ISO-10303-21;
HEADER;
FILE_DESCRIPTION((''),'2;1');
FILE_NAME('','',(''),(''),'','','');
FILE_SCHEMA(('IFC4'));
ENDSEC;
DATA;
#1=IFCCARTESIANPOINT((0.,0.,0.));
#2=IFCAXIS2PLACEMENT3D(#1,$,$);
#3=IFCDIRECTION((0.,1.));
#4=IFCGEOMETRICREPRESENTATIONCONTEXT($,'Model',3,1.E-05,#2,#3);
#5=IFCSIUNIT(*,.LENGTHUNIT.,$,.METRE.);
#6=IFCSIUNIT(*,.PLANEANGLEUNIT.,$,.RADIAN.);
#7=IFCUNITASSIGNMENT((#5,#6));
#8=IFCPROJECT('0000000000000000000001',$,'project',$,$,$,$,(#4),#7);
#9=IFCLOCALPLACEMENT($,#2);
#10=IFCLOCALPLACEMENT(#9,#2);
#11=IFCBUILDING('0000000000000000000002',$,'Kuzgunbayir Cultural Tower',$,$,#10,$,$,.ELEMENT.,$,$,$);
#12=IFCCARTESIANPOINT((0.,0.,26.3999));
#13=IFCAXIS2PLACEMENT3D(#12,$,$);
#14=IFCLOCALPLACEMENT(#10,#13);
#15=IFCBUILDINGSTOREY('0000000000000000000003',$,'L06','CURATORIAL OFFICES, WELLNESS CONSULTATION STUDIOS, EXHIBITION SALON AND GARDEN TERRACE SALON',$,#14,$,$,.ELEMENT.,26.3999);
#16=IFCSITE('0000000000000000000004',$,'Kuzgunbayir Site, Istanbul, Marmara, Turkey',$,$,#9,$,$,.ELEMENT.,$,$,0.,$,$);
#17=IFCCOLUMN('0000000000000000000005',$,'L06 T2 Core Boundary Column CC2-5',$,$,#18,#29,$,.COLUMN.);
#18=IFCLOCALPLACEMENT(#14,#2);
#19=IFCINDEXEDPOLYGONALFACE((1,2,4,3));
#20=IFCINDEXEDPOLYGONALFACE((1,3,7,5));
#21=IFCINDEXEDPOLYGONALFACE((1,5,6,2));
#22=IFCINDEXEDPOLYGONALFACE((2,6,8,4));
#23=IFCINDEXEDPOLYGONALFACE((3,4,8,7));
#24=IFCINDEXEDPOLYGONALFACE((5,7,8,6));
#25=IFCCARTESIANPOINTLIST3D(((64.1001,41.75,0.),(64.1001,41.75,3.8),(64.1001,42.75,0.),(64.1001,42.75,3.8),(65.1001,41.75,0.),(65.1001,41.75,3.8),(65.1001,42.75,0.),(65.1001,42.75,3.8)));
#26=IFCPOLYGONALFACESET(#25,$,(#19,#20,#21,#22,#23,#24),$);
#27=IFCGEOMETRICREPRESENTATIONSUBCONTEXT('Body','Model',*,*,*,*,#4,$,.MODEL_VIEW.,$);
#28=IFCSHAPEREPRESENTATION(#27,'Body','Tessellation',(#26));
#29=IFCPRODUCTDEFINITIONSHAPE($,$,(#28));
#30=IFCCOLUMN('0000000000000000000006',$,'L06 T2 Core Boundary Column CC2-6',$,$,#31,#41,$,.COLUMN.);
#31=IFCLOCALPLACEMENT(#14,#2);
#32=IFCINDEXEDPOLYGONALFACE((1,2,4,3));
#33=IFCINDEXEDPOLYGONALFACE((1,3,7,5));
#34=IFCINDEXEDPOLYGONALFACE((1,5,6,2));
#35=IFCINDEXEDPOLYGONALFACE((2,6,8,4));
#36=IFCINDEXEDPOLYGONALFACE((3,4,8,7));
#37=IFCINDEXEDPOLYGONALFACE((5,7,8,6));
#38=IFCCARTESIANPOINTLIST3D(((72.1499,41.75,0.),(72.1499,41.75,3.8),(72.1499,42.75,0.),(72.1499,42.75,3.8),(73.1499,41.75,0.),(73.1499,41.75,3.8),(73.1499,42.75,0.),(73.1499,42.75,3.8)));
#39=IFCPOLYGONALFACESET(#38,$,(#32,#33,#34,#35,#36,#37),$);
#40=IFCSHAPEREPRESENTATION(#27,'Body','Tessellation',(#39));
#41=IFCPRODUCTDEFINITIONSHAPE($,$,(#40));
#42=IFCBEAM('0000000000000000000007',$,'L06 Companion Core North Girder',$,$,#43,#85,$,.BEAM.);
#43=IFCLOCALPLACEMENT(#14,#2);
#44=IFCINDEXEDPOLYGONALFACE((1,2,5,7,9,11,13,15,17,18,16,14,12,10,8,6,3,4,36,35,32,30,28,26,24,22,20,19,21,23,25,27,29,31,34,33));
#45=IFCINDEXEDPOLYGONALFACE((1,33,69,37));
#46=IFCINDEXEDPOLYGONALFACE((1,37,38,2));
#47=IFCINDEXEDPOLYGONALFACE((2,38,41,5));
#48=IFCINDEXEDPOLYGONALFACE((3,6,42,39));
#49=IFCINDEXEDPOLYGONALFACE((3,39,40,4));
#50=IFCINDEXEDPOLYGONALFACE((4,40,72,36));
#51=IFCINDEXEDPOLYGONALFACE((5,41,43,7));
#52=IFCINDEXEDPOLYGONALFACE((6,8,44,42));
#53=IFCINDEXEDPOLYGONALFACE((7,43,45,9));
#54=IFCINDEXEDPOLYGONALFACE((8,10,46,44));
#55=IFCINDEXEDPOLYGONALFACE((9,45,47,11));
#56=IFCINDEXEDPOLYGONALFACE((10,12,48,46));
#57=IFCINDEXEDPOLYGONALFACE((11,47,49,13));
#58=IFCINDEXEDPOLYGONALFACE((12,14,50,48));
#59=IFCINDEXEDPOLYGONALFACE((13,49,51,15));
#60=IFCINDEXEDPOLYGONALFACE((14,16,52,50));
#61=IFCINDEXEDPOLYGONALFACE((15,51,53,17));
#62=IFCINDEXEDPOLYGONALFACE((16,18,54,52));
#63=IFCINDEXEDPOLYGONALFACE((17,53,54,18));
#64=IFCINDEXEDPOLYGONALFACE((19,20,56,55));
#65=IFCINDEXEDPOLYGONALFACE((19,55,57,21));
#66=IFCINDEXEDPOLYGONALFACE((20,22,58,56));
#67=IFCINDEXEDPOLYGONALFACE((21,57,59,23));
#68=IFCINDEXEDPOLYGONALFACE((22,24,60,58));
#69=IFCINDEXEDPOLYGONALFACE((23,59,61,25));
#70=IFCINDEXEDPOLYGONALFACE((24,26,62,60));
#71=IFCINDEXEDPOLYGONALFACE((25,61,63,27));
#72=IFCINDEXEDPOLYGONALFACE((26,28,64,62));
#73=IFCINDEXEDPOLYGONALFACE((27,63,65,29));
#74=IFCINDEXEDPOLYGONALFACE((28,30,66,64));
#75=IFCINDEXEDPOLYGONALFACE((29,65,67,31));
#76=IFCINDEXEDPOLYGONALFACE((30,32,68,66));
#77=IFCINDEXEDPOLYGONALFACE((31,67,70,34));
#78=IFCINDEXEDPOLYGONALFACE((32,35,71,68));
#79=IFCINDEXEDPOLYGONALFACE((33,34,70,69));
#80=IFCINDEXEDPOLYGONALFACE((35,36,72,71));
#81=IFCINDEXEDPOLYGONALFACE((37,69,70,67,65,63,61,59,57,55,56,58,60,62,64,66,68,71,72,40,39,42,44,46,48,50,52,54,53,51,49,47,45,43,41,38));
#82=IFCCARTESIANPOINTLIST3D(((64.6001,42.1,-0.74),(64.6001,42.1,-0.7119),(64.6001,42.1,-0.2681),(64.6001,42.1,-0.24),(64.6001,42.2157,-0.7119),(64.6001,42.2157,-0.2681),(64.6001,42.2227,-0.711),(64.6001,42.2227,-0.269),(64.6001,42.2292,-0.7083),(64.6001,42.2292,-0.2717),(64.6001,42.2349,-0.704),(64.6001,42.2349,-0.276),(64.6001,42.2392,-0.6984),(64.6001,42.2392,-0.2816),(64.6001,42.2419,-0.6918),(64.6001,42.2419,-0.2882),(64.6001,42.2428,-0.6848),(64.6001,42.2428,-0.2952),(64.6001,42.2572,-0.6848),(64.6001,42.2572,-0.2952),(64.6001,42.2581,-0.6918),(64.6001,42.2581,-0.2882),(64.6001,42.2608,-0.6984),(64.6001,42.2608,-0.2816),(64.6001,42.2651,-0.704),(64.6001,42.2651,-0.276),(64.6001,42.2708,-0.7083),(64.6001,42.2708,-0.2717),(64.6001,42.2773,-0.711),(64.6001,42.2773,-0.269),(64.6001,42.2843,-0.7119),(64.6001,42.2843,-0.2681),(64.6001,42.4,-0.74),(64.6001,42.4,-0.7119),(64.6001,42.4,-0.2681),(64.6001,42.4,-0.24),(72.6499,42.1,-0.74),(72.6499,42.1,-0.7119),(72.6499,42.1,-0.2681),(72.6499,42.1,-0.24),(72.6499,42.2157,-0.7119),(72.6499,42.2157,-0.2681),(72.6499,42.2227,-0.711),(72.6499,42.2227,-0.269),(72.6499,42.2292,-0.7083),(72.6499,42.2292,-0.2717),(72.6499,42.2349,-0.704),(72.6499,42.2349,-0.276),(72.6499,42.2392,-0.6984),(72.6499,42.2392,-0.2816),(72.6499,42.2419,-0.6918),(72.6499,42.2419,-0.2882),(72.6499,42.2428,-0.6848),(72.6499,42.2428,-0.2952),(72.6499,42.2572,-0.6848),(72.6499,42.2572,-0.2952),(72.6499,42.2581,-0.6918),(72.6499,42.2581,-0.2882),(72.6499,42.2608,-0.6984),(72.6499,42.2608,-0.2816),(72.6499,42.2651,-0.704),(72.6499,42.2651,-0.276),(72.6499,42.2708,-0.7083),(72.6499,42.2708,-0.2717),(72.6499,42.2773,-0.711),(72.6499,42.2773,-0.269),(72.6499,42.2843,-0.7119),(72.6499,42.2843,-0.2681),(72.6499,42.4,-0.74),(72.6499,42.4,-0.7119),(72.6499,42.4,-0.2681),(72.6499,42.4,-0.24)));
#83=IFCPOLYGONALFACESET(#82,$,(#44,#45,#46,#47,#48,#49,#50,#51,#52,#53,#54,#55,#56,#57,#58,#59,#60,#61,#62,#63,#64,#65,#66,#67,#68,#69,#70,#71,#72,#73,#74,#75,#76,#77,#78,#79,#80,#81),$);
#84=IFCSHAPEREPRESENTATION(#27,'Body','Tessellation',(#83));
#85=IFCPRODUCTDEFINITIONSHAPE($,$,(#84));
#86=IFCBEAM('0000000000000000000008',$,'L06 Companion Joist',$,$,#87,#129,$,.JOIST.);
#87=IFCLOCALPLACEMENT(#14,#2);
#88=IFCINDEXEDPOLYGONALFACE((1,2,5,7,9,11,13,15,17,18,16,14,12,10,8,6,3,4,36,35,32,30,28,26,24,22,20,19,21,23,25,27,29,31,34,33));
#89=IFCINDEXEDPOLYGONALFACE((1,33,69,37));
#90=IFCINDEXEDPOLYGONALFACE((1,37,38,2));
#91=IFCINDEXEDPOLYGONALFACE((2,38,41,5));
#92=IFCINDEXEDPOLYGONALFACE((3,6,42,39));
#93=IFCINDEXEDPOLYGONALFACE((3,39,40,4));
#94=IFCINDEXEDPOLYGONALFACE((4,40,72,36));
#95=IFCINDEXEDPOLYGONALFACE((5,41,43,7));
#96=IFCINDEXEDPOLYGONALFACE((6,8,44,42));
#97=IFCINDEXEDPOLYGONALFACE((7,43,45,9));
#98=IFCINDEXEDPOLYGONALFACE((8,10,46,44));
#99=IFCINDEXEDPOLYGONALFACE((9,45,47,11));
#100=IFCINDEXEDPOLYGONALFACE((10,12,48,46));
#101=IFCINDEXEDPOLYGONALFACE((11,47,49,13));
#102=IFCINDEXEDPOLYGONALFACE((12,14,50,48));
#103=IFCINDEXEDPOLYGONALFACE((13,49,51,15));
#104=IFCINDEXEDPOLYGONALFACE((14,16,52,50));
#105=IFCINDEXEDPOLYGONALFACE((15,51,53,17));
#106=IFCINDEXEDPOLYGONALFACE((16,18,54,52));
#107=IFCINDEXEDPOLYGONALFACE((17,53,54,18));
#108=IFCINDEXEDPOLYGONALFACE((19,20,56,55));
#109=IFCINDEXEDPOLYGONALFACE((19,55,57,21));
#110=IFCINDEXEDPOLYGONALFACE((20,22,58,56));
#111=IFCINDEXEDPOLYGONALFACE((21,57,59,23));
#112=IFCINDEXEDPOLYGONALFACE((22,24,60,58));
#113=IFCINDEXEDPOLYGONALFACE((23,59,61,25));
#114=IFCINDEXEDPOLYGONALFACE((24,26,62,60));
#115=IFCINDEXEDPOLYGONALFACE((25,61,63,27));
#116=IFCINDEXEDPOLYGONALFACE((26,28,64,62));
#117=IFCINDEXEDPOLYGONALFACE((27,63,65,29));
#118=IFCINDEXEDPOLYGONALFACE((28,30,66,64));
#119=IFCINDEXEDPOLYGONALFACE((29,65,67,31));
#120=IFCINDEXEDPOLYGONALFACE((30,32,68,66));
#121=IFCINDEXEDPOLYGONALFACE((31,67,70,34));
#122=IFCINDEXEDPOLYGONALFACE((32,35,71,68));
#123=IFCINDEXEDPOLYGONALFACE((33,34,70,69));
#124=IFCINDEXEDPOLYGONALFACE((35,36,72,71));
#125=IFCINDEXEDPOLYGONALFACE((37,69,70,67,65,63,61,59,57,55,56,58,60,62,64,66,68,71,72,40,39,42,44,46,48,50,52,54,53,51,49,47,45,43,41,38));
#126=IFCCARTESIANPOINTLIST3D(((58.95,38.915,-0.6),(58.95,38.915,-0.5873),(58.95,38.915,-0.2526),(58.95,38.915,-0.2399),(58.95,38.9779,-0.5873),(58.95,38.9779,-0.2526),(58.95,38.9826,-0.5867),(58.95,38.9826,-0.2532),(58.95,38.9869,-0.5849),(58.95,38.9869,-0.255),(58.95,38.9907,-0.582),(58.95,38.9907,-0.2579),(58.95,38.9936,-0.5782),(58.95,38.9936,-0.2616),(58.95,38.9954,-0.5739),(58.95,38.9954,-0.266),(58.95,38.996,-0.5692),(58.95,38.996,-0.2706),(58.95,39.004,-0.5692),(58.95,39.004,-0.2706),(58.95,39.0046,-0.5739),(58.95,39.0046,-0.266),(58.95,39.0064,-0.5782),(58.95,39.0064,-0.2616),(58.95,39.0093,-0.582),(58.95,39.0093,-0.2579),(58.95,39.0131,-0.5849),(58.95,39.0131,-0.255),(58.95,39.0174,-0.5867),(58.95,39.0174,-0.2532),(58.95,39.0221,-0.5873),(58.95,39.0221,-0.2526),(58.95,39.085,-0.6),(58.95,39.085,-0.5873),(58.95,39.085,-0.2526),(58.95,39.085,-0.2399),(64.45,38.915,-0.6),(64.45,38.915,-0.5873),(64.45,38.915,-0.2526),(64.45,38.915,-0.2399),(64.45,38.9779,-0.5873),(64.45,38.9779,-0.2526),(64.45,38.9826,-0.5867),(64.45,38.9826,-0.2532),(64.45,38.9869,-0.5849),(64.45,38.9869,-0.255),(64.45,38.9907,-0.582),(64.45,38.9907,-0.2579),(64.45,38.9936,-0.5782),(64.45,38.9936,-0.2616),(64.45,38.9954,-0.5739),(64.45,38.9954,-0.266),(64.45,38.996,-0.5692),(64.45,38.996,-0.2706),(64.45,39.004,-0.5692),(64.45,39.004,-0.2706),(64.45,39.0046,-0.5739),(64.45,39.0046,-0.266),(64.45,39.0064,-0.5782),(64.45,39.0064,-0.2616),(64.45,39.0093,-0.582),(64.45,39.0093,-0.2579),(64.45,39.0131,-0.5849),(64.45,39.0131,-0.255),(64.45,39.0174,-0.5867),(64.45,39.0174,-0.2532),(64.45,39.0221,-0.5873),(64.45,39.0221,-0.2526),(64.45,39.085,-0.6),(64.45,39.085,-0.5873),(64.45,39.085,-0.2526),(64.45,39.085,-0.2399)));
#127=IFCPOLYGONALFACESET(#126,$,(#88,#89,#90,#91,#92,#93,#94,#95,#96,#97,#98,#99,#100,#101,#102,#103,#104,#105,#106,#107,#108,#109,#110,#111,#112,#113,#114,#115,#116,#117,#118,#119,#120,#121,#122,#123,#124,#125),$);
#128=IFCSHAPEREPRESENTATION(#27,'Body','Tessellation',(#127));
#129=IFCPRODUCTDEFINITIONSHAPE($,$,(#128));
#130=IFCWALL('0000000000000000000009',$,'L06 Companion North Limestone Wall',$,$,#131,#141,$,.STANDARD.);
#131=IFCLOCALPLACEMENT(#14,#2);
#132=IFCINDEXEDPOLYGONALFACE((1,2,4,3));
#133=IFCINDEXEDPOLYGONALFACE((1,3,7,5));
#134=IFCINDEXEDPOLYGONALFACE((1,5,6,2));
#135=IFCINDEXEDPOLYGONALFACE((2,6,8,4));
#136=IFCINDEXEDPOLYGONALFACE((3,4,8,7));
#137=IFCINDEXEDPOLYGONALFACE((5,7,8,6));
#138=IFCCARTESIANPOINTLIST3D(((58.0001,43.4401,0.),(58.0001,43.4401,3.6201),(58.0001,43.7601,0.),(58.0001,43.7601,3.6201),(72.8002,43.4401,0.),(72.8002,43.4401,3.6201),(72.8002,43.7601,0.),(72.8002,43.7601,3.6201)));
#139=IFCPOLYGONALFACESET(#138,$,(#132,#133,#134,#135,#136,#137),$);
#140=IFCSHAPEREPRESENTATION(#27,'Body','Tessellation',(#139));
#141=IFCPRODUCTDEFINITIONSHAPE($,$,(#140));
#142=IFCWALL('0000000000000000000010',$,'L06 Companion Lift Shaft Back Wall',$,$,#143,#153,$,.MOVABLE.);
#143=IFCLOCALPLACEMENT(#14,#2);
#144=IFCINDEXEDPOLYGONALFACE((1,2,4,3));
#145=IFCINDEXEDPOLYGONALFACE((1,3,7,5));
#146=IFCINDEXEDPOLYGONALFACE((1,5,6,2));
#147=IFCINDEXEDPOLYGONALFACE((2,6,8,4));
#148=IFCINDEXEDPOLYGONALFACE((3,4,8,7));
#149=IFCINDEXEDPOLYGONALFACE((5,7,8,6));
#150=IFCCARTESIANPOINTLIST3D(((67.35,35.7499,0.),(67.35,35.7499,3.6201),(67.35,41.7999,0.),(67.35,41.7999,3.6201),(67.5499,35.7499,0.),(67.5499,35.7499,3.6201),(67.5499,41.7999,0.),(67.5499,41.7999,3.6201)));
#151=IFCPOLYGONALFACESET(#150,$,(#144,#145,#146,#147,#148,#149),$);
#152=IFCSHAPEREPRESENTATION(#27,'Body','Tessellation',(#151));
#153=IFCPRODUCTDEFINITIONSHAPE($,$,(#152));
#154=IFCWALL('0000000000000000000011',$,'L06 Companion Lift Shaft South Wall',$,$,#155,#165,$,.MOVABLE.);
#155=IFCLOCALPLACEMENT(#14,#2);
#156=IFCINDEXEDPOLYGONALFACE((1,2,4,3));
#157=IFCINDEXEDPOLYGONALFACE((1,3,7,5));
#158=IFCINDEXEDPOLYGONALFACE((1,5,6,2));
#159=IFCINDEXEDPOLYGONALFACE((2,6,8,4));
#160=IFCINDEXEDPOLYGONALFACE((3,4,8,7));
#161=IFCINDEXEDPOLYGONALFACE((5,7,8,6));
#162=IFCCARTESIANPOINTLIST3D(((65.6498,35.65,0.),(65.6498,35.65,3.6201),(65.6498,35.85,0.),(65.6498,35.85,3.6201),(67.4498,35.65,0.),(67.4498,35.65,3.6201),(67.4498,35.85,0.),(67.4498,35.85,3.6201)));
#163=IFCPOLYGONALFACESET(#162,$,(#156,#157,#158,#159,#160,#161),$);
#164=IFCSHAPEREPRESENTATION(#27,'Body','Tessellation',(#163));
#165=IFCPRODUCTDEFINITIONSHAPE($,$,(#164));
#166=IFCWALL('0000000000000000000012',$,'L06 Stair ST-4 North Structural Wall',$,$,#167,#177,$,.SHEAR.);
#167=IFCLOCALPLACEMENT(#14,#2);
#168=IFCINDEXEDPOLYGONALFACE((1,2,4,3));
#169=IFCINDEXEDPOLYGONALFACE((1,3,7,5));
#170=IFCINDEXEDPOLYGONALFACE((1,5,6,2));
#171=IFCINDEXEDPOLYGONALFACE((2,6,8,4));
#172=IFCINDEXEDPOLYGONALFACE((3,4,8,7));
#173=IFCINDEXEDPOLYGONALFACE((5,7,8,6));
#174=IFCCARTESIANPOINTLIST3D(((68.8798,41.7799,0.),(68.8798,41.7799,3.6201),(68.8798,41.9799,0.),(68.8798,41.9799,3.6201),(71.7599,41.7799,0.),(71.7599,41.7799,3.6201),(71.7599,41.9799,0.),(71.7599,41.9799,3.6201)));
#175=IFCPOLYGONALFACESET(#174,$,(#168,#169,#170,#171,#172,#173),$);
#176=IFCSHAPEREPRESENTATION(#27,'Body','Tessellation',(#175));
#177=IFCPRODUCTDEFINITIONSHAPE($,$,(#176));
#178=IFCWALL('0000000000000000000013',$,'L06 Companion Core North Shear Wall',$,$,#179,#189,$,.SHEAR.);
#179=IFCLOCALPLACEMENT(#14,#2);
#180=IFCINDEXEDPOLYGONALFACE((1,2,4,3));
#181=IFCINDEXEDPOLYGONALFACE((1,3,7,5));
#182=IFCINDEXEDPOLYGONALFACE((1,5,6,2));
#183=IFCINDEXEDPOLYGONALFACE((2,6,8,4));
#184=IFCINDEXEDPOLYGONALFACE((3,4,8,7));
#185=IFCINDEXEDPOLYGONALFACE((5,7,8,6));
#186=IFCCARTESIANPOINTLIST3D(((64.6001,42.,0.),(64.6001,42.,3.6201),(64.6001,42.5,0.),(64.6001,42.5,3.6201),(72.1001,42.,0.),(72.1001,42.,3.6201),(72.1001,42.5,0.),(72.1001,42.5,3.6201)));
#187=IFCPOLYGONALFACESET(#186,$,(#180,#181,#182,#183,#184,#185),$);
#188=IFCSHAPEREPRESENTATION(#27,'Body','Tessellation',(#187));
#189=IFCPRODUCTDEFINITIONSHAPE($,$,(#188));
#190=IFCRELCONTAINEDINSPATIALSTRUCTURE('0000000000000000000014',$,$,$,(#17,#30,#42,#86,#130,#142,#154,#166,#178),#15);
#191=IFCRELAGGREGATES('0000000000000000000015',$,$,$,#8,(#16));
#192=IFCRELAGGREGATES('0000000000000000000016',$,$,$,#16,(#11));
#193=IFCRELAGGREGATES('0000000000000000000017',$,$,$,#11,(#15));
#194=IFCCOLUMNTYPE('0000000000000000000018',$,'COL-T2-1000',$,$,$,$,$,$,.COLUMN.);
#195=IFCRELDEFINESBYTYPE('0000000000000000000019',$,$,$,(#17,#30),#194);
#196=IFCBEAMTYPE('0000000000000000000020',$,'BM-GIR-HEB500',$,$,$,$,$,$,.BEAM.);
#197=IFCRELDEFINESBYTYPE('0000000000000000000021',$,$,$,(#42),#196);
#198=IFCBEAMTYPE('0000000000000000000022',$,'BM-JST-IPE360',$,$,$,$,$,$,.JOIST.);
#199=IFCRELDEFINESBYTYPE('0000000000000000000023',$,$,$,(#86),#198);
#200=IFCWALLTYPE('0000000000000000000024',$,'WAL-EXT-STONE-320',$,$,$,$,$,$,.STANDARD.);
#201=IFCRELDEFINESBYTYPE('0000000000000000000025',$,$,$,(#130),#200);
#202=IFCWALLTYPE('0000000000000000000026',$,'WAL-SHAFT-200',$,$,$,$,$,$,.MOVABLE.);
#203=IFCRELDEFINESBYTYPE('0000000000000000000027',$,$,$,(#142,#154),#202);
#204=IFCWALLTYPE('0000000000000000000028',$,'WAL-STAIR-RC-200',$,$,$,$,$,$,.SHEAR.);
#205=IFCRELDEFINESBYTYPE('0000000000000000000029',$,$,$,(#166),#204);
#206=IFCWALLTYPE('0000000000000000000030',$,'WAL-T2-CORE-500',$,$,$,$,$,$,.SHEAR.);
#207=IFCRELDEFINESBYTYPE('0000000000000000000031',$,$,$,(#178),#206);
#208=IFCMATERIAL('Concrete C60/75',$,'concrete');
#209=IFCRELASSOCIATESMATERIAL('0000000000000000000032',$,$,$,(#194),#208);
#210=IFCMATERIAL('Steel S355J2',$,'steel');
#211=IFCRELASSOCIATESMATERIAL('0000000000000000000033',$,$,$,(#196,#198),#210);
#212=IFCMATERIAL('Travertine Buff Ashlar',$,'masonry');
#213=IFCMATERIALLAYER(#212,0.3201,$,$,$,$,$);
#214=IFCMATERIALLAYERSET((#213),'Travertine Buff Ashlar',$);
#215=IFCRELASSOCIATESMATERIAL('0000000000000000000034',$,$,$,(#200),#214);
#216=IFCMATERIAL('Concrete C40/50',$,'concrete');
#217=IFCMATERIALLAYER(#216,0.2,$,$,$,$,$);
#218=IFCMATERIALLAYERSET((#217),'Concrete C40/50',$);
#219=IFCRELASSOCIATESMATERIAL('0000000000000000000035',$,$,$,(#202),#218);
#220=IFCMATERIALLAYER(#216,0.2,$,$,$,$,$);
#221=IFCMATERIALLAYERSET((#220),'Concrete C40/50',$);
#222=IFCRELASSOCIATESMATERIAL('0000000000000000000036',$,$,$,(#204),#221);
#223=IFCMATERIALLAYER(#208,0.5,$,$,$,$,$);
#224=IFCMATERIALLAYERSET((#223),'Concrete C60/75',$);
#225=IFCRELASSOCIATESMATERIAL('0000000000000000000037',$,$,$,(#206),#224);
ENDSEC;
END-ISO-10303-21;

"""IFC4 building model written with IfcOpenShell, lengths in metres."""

from ifc_helpers import new_model, si_unit, direction, frame, frame_2d, origin, origin_2d, place, context, subcontext, project, spatial, rectangle, i_section, extrude, material, layer, layer_set, material_profile, profile_set, type_object, element, save


model = new_model("IFC4")

# Units and contexts
model_context = context("Model", 3, precision=1e-05, world=origin(), true_north=direction((0.0, 1.0)))
body_context = subcontext(model_context, "Body", "Model", "MODEL_VIEW")
ifc_project = project(units=[si_unit("LENGTHUNIT", "METRE"), si_unit("PLANEANGLEUNIT", "RADIAN")], contexts=[model_context])

# Site, building, storey
site_placement = place(None, origin())
site = spatial("IfcSite", under=ifc_project, at=site_placement, Name="Kuzgunbayir Site, Istanbul, Marmara, Turkey", CompositionType="ELEMENT", RefElevation=0.0)
building_placement = place(site_placement, origin())
building = spatial("IfcBuilding", under=site, at=building_placement, Name="Kuzgunbayir Cultural Tower", CompositionType="ELEMENT")
storey_placement = place(building_placement, frame((0.0, 0.0, 26.3999)))
storey = spatial("IfcBuildingStorey", under=building, at=storey_placement, Name="L06", Description="CURATORIAL OFFICES, WELLNESS CONSULTATION STUDIOS, EXHIBITION SALON AND GARDEN TERRACE SALON", CompositionType="ELEMENT", Elevation=26.3999)

# Columns
ifc_material_1 = material(Name="Concrete C60/75", Category="concrete")
ifc_material_profile_1 = material_profile(ifc_material_1, rectangle(XDim=1.0, YDim=1.0, at=origin_2d()), Name="RC 1000x1000")
ifc_profile_set_1 = profile_set([ifc_material_profile_1], Name="Concrete C60/75")
column_type = type_object("IfcColumnType", Name="COL-T2-1000", PredefinedType="COLUMN", material=ifc_profile_set_1)
for number, where, z_axis, x_axis, name in (
    (1, (64.6001, 42.25, 0.0), (0.0, 0.0, 1.0), (1.0, 0.0, 0.0), "L06 T2 Core Boundary Column CC2-5"),
    (2, (72.6499, 42.25, 0.0), (0.0, 0.0, 1.0), (1.0, 0.0, 0.0), "L06 T2 Core Boundary Column CC2-6"),
):
    element("IfcColumn", number, at=place(storey_placement, frame(where, z_axis=z_axis, x_axis=x_axis)), inside=storey, type_object=column_type, Name=name, PredefinedType="COLUMN", context=body_context, shape_type="SweptSolid", body=[
        extrude(rectangle(XDim=1.0, YDim=1.0, at=origin_2d()), origin(), (0.0, 0.0, 1.0), 3.8),
    ])

# Beams
ifc_material_2 = material(Name="Steel S355J2", Category="steel")
ifc_material_profile_2 = material_profile(ifc_material_2, i_section(OverallWidth=0.3, OverallDepth=0.5, WebThickness=0.0144, FlangeThickness=0.0281, FilletRadius=0.0271, at=origin_2d()), Name="HEB 500")
ifc_profile_set_2 = profile_set([ifc_material_profile_2], Name="Steel S355J2")
beam_type_1 = type_object("IfcBeamType", Name="BM-GIR-HEB500", PredefinedType="BEAM", material=ifc_profile_set_2)
beam_1_placement = place(storey_placement, frame((64.6001, 42.25, -0.49), z_axis=(1.0, 0.0, 0.0), x_axis=(0.0, 1.0, 0.0)))
element("IfcBeam", 3, at=beam_1_placement, inside=storey, type_object=beam_type_1, Name="L06 Companion Core North Girder", PredefinedType="BEAM", context=body_context, shape_type="SweptSolid", body=[
    extrude(i_section(OverallWidth=0.3, OverallDepth=0.5, WebThickness=0.0144, FlangeThickness=0.0281, FilletRadius=0.0271, at=origin_2d()), origin(), (0.0, 0.0, 1.0), 8.0498),
])
ifc_material_profile_3 = material_profile(ifc_material_2, i_section(OverallWidth=0.1699, OverallDepth=0.3601, WebThickness=0.0081, FlangeThickness=0.0127, FilletRadius=0.0181, at=origin_2d()), Name="IPE 360")
ifc_profile_set_3 = profile_set([ifc_material_profile_3], Name="Steel S355J2")
beam_type_2 = type_object("IfcBeamType", Name="BM-JST-IPE360", PredefinedType="JOIST", material=ifc_profile_set_3)
beam_2_placement = place(storey_placement, frame((58.95, 39.0, -0.4199), z_axis=(1.0, 0.0, 0.0), x_axis=(0.0, 1.0, 0.0)))
element("IfcBeam", 4, at=beam_2_placement, inside=storey, type_object=beam_type_2, Name="L06 Companion Joist", PredefinedType="JOIST", context=body_context, shape_type="SweptSolid", body=[
    extrude(i_section(OverallWidth=0.1699, OverallDepth=0.3601, WebThickness=0.0081, FlangeThickness=0.0127, FilletRadius=0.0181, at=origin_2d()), origin(), (0.0, 0.0, 1.0), 5.5),
])

# Wall
ifc_material_3 = material(Name="Travertine Buff Ashlar", Category="masonry")
ifc_layer_1 = layer(ifc_material_3, 0.3201)
ifc_layer_set_1 = layer_set([ifc_layer_1], Name="Travertine Buff Ashlar")
wall_type_1 = type_object("IfcWallType", Name="WAL-EXT-STONE-320", PredefinedType="STANDARD", material=ifc_layer_set_1)
wall_1_placement = place(storey_placement, frame((72.8, 43.6001, 0.0), z_axis=(0.0, 0.0, 1.0), x_axis=(-1.0, 0.0, 0.0)))
element("IfcWall", 5, at=wall_1_placement, inside=storey, type_object=wall_type_1, Name="L06 Companion North Limestone Wall", PredefinedType="STANDARD", context=body_context, shape_type="SweptSolid", body=[
    extrude(rectangle(XDim=14.8, YDim=0.3201, at=frame_2d((7.3999, 0.0))), origin(), (0.0, 0.0, 1.0), 3.6201),
])

# Shared definitions
ifc_material_4 = material(Name="Concrete C40/50", Category="concrete")
ifc_layer_2 = layer(ifc_material_4, 0.2)
ifc_layer_set_2 = layer_set([ifc_layer_2], Name="Concrete C40/50")
wall_type_2 = type_object("IfcWallType", Name="WAL-SHAFT-200", PredefinedType="MOVABLE", material=ifc_layer_set_2)

# Walls
wall_2_placement = place(storey_placement, frame((67.45, 35.75, 0.0), z_axis=(0.0, 0.0, 1.0), x_axis=(0.0, 1.0, 0.0)))
element("IfcWall", 6, at=wall_2_placement, inside=storey, type_object=wall_type_2, Name="L06 Companion Lift Shaft Back Wall", PredefinedType="MOVABLE", context=body_context, shape_type="SweptSolid", body=[
    extrude(rectangle(XDim=6.05, YDim=0.2, at=frame_2d((3.0249, 0.0))), origin(), (0.0, 0.0, 1.0), 3.6201),
])
wall_3_placement = place(storey_placement, frame((65.6499, 35.75, 0.0), z_axis=(0.0, 0.0, 1.0), x_axis=(1.0, 0.0, 0.0)))
element("IfcWall", 7, at=wall_3_placement, inside=storey, type_object=wall_type_2, Name="L06 Companion Lift Shaft South Wall", PredefinedType="MOVABLE", context=body_context, shape_type="SweptSolid", body=[
    extrude(rectangle(XDim=1.8, YDim=0.2, at=frame_2d((0.8999, 0.0))), origin(), (0.0, 0.0, 1.0), 3.6201),
])
ifc_layer_3 = layer(ifc_material_4, 0.2)
ifc_layer_set_3 = layer_set([ifc_layer_3], Name="Concrete C40/50")
wall_type_3 = type_object("IfcWallType", Name="WAL-STAIR-RC-200", PredefinedType="SHEAR", material=ifc_layer_set_3)
wall_4_placement = place(storey_placement, frame((68.8799, 41.8799, 0.0), z_axis=(0.0, 0.0, 1.0), x_axis=(1.0, 0.0, 0.0)))
element("IfcWall", 8, at=wall_4_placement, inside=storey, type_object=wall_type_3, Name="L06 Stair ST-4 North Structural Wall", PredefinedType="SHEAR", context=body_context, shape_type="SweptSolid", body=[
    extrude(rectangle(XDim=2.8801, YDim=0.2, at=frame_2d((1.4399, 0.0))), origin(), (0.0, 0.0, 1.0), 3.6201),
])
ifc_layer_4 = layer(ifc_material_1, 0.5)
ifc_layer_set_4 = layer_set([ifc_layer_4], Name="Concrete C60/75")
wall_type_4 = type_object("IfcWallType", Name="WAL-T2-CORE-500", PredefinedType="SHEAR", material=ifc_layer_set_4)
wall_5_placement = place(storey_placement, frame((64.6001, 42.25, 0.0), z_axis=(0.0, 0.0, 1.0), x_axis=(1.0, 0.0, 0.0)))
element("IfcWall", 9, at=wall_5_placement, inside=storey, type_object=wall_type_4, Name="L06 Companion Core North Shear Wall", PredefinedType="SHEAR", context=body_context, shape_type="SweptSolid", body=[
    extrude(rectangle(XDim=7.5, YDim=0.5, at=frame_2d((3.75, 0.0))), origin(), (0.0, 0.0, 1.0), 3.6201),
])

save(model, "model.ifc")
